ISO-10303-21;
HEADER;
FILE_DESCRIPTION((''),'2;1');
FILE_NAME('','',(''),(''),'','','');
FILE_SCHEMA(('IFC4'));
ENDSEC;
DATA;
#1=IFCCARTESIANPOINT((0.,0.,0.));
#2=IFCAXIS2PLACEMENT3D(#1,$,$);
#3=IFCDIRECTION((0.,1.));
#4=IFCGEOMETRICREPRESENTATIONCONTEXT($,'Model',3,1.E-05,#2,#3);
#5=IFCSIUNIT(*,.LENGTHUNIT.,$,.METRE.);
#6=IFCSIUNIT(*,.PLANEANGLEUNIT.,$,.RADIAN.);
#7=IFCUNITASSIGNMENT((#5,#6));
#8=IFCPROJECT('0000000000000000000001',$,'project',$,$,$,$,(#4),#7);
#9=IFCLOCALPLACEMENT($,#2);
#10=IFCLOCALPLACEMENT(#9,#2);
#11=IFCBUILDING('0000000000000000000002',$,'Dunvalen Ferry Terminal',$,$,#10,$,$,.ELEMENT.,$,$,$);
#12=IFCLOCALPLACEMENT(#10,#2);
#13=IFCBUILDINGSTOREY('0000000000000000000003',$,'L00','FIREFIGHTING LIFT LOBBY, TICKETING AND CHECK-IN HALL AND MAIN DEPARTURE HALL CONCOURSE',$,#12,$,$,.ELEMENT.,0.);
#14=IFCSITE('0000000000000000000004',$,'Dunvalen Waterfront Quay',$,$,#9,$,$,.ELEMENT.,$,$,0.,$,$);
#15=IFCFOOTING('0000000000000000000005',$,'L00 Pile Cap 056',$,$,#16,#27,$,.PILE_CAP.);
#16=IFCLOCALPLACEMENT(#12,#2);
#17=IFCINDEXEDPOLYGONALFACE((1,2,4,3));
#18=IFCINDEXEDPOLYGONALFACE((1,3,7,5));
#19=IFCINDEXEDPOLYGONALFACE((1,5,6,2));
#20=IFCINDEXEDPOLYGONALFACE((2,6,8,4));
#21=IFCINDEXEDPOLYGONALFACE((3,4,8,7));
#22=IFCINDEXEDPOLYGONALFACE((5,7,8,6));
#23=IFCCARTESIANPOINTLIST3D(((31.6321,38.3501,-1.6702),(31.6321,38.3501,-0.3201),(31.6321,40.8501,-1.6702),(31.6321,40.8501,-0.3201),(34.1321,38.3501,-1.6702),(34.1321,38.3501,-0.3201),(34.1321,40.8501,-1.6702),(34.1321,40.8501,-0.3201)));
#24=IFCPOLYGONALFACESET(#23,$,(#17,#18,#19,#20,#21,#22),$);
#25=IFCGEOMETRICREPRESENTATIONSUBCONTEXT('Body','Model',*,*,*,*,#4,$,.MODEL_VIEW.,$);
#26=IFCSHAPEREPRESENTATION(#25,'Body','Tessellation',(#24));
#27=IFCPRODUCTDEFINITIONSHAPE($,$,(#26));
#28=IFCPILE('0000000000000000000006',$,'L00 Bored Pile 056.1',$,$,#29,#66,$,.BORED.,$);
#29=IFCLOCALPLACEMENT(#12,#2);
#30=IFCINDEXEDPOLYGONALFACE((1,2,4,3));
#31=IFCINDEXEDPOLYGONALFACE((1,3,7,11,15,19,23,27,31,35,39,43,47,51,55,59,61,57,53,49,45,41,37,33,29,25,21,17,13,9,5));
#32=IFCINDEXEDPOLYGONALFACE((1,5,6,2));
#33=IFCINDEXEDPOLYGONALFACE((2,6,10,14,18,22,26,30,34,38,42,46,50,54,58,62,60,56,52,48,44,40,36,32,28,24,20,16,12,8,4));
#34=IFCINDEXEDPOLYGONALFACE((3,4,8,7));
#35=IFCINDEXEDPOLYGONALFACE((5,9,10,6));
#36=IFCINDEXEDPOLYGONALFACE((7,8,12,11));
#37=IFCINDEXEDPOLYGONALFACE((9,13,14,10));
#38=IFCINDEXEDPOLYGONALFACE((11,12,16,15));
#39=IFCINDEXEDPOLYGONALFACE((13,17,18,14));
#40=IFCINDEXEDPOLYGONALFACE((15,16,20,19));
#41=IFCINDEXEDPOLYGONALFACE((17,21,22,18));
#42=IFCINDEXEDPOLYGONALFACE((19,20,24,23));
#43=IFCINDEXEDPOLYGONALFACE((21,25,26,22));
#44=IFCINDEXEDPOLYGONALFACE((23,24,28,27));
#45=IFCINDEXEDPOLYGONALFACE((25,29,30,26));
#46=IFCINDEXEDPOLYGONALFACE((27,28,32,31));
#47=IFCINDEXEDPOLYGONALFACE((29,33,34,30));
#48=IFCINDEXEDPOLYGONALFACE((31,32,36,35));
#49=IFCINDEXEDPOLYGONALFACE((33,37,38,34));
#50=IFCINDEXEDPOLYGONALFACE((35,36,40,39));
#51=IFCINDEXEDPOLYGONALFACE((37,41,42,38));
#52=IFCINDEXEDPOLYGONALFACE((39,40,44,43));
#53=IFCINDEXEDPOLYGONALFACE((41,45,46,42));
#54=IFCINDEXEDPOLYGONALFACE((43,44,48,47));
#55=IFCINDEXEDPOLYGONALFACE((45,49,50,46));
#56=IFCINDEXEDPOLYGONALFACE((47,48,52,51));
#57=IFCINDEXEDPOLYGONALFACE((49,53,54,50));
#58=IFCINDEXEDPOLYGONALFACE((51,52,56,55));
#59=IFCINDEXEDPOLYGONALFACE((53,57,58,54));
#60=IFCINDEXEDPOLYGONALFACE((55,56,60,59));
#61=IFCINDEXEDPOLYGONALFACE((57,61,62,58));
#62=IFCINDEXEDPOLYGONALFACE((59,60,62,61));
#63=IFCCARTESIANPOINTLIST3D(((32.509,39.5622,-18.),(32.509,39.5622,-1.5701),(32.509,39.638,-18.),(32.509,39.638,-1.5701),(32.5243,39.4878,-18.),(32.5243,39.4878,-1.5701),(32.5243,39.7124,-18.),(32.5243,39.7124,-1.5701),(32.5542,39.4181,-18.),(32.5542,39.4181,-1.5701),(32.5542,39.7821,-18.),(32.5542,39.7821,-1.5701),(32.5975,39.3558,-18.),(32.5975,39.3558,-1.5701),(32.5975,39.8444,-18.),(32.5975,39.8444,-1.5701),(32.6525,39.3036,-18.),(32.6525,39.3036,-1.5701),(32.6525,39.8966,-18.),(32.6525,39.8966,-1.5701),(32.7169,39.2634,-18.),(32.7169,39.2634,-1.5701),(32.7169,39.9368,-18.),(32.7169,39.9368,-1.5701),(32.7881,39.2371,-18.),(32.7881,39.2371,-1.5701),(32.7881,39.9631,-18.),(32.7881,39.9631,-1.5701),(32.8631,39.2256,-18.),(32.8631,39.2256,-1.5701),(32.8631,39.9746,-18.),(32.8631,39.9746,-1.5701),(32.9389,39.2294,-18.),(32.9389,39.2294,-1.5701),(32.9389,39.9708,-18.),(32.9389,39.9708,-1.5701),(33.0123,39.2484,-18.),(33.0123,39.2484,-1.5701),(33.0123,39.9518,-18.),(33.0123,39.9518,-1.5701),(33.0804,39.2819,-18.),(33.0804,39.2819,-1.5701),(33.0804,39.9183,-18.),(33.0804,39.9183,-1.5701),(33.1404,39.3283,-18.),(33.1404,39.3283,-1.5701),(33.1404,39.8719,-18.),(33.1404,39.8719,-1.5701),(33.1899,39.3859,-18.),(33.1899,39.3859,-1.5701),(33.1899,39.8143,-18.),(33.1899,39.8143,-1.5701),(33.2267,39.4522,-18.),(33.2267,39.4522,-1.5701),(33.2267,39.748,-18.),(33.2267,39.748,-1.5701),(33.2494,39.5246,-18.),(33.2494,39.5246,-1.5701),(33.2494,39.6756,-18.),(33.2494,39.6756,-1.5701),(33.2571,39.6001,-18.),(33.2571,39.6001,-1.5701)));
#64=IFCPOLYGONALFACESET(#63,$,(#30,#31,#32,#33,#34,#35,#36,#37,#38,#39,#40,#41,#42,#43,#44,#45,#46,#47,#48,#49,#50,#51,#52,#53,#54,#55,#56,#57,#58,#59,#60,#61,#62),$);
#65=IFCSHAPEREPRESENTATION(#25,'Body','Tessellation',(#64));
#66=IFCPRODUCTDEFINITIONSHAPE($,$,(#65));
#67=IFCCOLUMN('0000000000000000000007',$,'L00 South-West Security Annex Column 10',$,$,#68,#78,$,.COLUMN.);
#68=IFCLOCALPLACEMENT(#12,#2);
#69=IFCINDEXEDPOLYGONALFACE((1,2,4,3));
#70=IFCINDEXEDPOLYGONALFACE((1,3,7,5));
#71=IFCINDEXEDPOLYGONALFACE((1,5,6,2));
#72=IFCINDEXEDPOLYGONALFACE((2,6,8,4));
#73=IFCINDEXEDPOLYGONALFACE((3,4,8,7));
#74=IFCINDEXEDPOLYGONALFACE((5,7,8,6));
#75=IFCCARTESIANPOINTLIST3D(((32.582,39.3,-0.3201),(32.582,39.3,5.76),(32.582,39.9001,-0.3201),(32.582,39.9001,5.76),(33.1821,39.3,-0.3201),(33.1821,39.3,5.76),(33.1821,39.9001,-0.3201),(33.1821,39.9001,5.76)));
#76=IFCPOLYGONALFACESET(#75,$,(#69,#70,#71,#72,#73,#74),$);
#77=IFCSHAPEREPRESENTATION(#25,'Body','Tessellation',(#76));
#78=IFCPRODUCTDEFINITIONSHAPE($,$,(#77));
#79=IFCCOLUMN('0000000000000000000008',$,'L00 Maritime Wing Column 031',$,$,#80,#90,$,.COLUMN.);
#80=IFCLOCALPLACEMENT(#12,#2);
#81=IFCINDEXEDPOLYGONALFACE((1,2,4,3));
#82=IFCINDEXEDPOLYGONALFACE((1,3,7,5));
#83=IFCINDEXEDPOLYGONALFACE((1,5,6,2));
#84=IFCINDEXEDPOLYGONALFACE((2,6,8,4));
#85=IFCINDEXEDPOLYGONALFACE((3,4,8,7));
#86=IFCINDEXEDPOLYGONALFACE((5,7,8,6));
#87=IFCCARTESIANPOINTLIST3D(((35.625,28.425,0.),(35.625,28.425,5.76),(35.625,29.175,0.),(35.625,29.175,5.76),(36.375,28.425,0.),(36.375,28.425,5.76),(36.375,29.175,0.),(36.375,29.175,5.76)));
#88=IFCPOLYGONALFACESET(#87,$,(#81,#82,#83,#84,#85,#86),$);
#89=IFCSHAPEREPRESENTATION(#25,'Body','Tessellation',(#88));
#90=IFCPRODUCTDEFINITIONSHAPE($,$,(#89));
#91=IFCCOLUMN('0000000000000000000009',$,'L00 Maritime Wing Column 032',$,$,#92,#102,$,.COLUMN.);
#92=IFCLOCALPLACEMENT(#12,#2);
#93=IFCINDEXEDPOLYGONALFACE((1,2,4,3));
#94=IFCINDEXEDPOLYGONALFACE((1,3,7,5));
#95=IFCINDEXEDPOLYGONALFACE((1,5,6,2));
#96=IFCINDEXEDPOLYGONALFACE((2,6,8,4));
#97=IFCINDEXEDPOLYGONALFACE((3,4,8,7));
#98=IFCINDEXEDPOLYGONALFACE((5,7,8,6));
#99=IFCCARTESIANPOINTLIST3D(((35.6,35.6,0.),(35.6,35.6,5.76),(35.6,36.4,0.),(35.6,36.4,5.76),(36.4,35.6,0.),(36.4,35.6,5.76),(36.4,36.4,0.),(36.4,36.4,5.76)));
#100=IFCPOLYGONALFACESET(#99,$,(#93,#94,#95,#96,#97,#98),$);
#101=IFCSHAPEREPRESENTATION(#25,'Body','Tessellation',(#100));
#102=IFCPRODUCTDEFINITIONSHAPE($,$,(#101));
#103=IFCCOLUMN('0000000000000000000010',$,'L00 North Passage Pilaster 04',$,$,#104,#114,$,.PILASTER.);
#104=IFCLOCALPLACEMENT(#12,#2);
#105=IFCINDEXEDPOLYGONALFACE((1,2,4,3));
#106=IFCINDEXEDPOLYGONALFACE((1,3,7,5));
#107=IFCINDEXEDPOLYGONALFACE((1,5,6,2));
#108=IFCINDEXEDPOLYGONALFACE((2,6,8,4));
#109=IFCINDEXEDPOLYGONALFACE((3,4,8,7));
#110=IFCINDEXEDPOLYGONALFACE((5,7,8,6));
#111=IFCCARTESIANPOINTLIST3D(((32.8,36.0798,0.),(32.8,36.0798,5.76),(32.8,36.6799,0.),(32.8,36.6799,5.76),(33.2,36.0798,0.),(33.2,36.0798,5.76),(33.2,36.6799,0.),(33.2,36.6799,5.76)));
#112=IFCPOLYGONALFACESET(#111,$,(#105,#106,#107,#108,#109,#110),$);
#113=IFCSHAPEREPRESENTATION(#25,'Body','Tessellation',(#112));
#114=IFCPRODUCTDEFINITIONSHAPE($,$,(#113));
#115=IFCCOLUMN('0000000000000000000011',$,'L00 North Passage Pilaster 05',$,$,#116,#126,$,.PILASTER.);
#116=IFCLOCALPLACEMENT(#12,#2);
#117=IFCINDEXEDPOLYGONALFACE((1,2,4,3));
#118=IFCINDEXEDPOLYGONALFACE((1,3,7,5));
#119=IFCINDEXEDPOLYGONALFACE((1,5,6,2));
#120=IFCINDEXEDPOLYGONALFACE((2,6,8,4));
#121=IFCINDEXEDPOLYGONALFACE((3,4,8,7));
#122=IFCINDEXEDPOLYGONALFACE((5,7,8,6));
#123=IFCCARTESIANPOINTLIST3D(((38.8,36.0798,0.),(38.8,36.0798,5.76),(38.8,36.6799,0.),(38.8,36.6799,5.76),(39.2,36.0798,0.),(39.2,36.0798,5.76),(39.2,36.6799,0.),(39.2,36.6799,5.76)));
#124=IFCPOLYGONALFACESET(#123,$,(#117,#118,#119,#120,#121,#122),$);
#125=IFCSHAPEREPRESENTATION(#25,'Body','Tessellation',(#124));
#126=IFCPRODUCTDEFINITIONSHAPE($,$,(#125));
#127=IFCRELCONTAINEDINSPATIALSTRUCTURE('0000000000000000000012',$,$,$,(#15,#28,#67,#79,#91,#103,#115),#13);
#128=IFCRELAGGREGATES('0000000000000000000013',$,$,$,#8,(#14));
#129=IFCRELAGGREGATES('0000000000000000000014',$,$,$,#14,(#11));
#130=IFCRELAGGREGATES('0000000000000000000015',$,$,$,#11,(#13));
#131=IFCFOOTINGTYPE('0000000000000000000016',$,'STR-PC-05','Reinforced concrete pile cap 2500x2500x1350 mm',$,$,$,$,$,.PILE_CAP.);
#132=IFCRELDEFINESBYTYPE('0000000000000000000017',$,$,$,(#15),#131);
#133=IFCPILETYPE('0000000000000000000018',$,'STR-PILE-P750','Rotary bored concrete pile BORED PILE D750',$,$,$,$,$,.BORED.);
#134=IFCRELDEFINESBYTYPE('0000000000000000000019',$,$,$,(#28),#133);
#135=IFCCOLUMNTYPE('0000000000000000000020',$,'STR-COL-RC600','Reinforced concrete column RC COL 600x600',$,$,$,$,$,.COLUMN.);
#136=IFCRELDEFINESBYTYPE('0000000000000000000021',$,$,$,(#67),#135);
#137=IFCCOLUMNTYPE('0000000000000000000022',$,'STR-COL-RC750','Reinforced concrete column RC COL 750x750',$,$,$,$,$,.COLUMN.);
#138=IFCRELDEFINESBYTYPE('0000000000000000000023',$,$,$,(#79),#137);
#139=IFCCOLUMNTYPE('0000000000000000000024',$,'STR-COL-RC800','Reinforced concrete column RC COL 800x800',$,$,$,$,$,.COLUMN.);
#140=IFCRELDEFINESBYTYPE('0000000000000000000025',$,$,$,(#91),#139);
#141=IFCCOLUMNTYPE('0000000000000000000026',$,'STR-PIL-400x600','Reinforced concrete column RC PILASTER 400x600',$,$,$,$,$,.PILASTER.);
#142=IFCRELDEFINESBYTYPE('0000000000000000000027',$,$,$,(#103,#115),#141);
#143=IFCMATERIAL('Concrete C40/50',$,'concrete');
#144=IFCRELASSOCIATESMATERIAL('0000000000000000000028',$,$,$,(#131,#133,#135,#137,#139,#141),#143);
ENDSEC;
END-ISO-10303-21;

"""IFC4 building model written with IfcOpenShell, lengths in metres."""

from ifc_helpers import new_model, si_unit, direction, frame, origin, origin_2d, place, context, subcontext, project, spatial, rectangle, circle, extrude, material, material_profile, profile_set, type_object, element, save


model = new_model("IFC4")

# Units and contexts
model_context = context("Model", 3, precision=1e-05, world=origin(), true_north=direction((0.0, 1.0)))
body_context = subcontext(model_context, "Body", "Model", "MODEL_VIEW")
ifc_project = project(units=[si_unit("LENGTHUNIT", "METRE"), si_unit("PLANEANGLEUNIT", "RADIAN")], contexts=[model_context])

# Site, building, storey
site_placement = place(None, origin())
site = spatial("IfcSite", under=ifc_project, at=site_placement, Name="Dunvalen Waterfront Quay", CompositionType="ELEMENT", RefElevation=0.0)
building_placement = place(site_placement, origin())
building = spatial("IfcBuilding", under=site, at=building_placement, Name="Dunvalen Ferry Terminal", CompositionType="ELEMENT")
storey_placement = place(building_placement, origin())
storey = spatial("IfcBuildingStorey", under=building, at=storey_placement, Name="L00", Description="FIREFIGHTING LIFT LOBBY, TICKETING AND CHECK-IN HALL AND MAIN DEPARTURE HALL CONCOURSE", CompositionType="ELEMENT", Elevation=0.0)

# Footing
ifc_material_1 = material(Name="Concrete C40/50", Category="concrete")
footing_type = type_object("IfcFootingType", Name="STR-PC-05", Description="Reinforced concrete pile cap 2500x2500x1350 mm", PredefinedType="PILE_CAP", material=ifc_material_1)
footing_placement = place(storey_placement, frame((32.8821, 39.6001, -1.6702), z_axis=(0.0, 0.0, 1.0), x_axis=(1.0, 0.0, 0.0)))
element("IfcFooting", 1, at=footing_placement, inside=storey, type_object=footing_type, Name="L00 Pile Cap 056", PredefinedType="PILE_CAP", context=body_context, shape_type="SweptSolid", body=[
    extrude(rectangle(XDim=2.5, YDim=2.5, at=origin_2d()), origin(), (0.0, 0.0, 1.0), 1.3501),
])

# Pile
ifc_material_profile_1 = material_profile(ifc_material_1, circle(Radius=0.375, at=origin_2d()), Name="Concrete C40/50")
ifc_profile_set_1 = profile_set([ifc_material_profile_1], Name="Concrete C40/50")
pile_type = type_object("IfcPileType", Name="STR-PILE-P750", Description="Rotary bored concrete pile BORED PILE D750", PredefinedType="BORED", material=ifc_profile_set_1)
pile_placement = place(storey_placement, frame((32.8821, 39.6001, -1.5701), z_axis=(0.0, 0.0, -1.0), x_axis=(1.0, 0.0, 0.0)))
element("IfcPile", 2, at=pile_placement, inside=storey, type_object=pile_type, Name="L00 Bored Pile 056.1", PredefinedType="BORED", context=body_context, shape_type="SweptSolid", body=[
    extrude(circle(Radius=0.375, at=origin_2d()), origin(), (0.0, 0.0, 1.0), 16.4299),
])

# Columns
ifc_material_profile_2 = material_profile(ifc_material_1, rectangle(XDim=0.6001, YDim=0.6001, at=origin_2d()), Name="Concrete C40/50")
ifc_profile_set_2 = profile_set([ifc_material_profile_2], Name="Concrete C40/50")
column_type_1 = type_object("IfcColumnType", Name="STR-COL-RC600", Description="Reinforced concrete column RC COL 600x600", PredefinedType="COLUMN", material=ifc_profile_set_2)
column_1_placement = place(storey_placement, frame((32.8821, 39.6001, -0.3201), z_axis=(0.0, 0.0, 1.0), x_axis=(1.0, 0.0, 0.0)))
element("IfcColumn", 3, at=column_1_placement, inside=storey, type_object=column_type_1, Name="L00 South-West Security Annex Column 10", PredefinedType="COLUMN", context=body_context, shape_type="SweptSolid", body=[
    extrude(rectangle(XDim=0.6001, YDim=0.6001, at=origin_2d()), origin(), (0.0, 0.0, 1.0), 6.0801),
])
ifc_material_profile_3 = material_profile(ifc_material_1, rectangle(XDim=0.75, YDim=0.75, at=origin_2d()), Name="Concrete C40/50")
ifc_profile_set_3 = profile_set([ifc_material_profile_3], Name="Concrete C40/50")
column_type_2 = type_object("IfcColumnType", Name="STR-COL-RC750", Description="Reinforced concrete column RC COL 750x750", PredefinedType="COLUMN", material=ifc_profile_set_3)
column_2_placement = place(storey_placement, frame((36.0, 28.8, 0.0), z_axis=(0.0, 0.0, 1.0), x_axis=(1.0, 0.0, 0.0)))
element("IfcColumn", 4, at=column_2_placement, inside=storey, type_object=column_type_2, Name="L00 Maritime Wing Column 031", PredefinedType="COLUMN", context=body_context, shape_type="SweptSolid", body=[
    extrude(rectangle(XDim=0.75, YDim=0.75, at=origin_2d()), origin(), (0.0, 0.0, 1.0), 5.76),
])
ifc_material_profile_4 = material_profile(ifc_material_1, rectangle(XDim=0.8, YDim=0.8, at=origin_2d()), Name="Concrete C40/50")
ifc_profile_set_4 = profile_set([ifc_material_profile_4], Name="Concrete C40/50")
column_type_3 = type_object("IfcColumnType", Name="STR-COL-RC800", Description="Reinforced concrete column RC COL 800x800", PredefinedType="COLUMN", material=ifc_profile_set_4)
column_3_placement = place(storey_placement, frame((36.0, 36.0, 0.0), z_axis=(0.0, 0.0, 1.0), x_axis=(1.0, 0.0, 0.0)))
element("IfcColumn", 5, at=column_3_placement, inside=storey, type_object=column_type_3, Name="L00 Maritime Wing Column 032", PredefinedType="COLUMN", context=body_context, shape_type="SweptSolid", body=[
    extrude(rectangle(XDim=0.8, YDim=0.8, at=origin_2d()), origin(), (0.0, 0.0, 1.0), 5.76),
])
ifc_material_profile_5 = material_profile(ifc_material_1, rectangle(XDim=0.3999, YDim=0.6001, at=origin_2d()), Name="Concrete C40/50")
ifc_profile_set_5 = profile_set([ifc_material_profile_5], Name="Concrete C40/50")
column_type_4 = type_object("IfcColumnType", Name="STR-PIL-400x600", Description="Reinforced concrete column RC PILASTER 400x600", PredefinedType="PILASTER", material=ifc_profile_set_5)
for number, where, z_axis, x_axis, name in (
    (6, (33.0, 36.3799, 0.0), (0.0, 0.0, 1.0), (1.0, 0.0, 0.0), "L00 North Passage Pilaster 04"),
    (7, (39.0, 36.3799, 0.0), (0.0, 0.0, 1.0), (1.0, 0.0, 0.0), "L00 North Passage Pilaster 05"),
):
    element("IfcColumn", number, at=place(storey_placement, frame(where, z_axis=z_axis, x_axis=x_axis)), inside=storey, type_object=column_type_4, Name=name, PredefinedType="PILASTER", context=body_context, shape_type="SweptSolid", body=[
        extrude(rectangle(XDim=0.3999, YDim=0.6001, at=origin_2d()), origin(), (0.0, 0.0, 1.0), 5.76),
    ])

save(model, "model.ifc")
